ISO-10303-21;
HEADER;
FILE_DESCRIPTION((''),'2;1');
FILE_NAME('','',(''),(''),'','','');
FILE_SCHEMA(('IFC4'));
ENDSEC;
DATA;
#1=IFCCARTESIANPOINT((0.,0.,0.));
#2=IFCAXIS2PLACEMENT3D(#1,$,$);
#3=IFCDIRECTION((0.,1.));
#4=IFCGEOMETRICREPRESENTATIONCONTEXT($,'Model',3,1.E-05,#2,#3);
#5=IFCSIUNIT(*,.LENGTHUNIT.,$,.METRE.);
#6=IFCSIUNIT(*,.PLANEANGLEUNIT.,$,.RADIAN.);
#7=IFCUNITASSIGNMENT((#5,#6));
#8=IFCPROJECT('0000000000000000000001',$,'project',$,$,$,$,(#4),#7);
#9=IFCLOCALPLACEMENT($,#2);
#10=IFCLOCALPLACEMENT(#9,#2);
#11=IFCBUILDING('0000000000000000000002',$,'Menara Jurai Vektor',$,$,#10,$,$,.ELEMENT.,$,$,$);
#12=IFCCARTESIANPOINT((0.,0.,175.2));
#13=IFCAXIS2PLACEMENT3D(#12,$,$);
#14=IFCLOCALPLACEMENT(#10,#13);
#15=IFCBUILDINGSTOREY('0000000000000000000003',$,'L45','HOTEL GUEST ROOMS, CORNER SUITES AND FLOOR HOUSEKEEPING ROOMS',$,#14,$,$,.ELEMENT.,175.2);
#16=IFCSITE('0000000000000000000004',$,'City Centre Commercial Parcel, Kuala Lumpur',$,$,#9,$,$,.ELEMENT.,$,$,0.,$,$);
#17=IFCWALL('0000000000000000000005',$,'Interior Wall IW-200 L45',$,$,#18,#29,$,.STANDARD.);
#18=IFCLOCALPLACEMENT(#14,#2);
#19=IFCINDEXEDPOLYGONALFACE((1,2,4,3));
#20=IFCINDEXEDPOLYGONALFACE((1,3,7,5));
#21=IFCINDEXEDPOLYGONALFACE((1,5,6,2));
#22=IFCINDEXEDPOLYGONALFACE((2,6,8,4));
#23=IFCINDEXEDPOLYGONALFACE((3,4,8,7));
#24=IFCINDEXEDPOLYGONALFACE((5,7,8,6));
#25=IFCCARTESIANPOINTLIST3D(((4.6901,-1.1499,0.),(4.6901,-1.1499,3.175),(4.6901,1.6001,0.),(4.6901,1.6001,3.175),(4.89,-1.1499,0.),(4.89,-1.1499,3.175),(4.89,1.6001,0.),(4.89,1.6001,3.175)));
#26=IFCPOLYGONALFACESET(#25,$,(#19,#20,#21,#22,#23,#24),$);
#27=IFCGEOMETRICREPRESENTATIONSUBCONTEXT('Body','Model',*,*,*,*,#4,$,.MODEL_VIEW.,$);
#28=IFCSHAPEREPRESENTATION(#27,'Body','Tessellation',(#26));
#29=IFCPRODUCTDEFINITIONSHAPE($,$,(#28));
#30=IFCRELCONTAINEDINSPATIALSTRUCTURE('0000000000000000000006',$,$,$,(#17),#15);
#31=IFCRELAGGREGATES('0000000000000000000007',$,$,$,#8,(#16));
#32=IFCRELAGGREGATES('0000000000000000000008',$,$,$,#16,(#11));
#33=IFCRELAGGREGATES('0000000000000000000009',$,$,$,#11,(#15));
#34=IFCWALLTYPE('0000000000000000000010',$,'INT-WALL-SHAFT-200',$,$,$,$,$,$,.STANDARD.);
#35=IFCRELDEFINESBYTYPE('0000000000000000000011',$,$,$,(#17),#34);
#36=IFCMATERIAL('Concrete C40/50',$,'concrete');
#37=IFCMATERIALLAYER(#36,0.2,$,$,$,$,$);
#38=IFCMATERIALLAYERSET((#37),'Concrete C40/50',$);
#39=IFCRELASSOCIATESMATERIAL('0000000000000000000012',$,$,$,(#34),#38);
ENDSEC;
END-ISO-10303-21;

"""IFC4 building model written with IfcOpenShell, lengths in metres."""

from ifc_helpers import new_model, si_unit, direction, frame, frame_2d, origin, place, context, subcontext, project, spatial, rectangle, extrude, material, layer, layer_set, type_object, element, save


model = new_model("IFC4")

# Units and contexts
model_context = context("Model", 3, precision=1e-05, world=origin(), true_north=direction((0.0, 1.0)))
body_context = subcontext(model_context, "Body", "Model", "MODEL_VIEW")
ifc_project = project(units=[si_unit("LENGTHUNIT", "METRE"), si_unit("PLANEANGLEUNIT", "RADIAN")], contexts=[model_context])

# Site, building, storey
site_placement = place(None, origin())
site = spatial("IfcSite", under=ifc_project, at=site_placement, Name="City Centre Commercial Parcel, Kuala Lumpur", CompositionType="ELEMENT", RefElevation=0.0)
building_placement = place(site_placement, origin())
building = spatial("IfcBuilding", under=site, at=building_placement, Name="Menara Jurai Vektor", CompositionType="ELEMENT")
storey_placement = place(building_placement, frame((0.0, 0.0, 175.2)))
storey = spatial("IfcBuildingStorey", under=building, at=storey_placement, Name="L45", Description="HOTEL GUEST ROOMS, CORNER SUITES AND FLOOR HOUSEKEEPING ROOMS", CompositionType="ELEMENT", Elevation=175.2)

# Shared definitions
ifc_material_1 = material(Name="Concrete C40/50", Category="concrete")

# Shared definitions
ifc_layer_1 = layer(ifc_material_1, 0.2)
ifc_layer_set_1 = layer_set([ifc_layer_1], Name="Concrete C40/50")
wall_type_1 = type_object("IfcWallType", Name="INT-WALL-SHAFT-200", PredefinedType="STANDARD", material=ifc_layer_set_1)

# Wall
wall_1_placement = place(storey_placement, frame((4.79, -1.1499, 0.0), z_axis=(0.0, 0.0, 1.0), x_axis=(0.0, 1.0, 0.0)))
element("IfcWall", 1, at=wall_1_placement, inside=storey, type_object=wall_type_1, Name="Interior Wall IW-200 L45", PredefinedType="STANDARD", context=body_context, shape_type="SweptSolid", body=[
    extrude(rectangle(XDim=2.75, YDim=0.2, at=frame_2d((1.375, 0.0))), origin(), (0.0, 0.0, 1.0), 3.175),
])

save(model, "model.ifc")
